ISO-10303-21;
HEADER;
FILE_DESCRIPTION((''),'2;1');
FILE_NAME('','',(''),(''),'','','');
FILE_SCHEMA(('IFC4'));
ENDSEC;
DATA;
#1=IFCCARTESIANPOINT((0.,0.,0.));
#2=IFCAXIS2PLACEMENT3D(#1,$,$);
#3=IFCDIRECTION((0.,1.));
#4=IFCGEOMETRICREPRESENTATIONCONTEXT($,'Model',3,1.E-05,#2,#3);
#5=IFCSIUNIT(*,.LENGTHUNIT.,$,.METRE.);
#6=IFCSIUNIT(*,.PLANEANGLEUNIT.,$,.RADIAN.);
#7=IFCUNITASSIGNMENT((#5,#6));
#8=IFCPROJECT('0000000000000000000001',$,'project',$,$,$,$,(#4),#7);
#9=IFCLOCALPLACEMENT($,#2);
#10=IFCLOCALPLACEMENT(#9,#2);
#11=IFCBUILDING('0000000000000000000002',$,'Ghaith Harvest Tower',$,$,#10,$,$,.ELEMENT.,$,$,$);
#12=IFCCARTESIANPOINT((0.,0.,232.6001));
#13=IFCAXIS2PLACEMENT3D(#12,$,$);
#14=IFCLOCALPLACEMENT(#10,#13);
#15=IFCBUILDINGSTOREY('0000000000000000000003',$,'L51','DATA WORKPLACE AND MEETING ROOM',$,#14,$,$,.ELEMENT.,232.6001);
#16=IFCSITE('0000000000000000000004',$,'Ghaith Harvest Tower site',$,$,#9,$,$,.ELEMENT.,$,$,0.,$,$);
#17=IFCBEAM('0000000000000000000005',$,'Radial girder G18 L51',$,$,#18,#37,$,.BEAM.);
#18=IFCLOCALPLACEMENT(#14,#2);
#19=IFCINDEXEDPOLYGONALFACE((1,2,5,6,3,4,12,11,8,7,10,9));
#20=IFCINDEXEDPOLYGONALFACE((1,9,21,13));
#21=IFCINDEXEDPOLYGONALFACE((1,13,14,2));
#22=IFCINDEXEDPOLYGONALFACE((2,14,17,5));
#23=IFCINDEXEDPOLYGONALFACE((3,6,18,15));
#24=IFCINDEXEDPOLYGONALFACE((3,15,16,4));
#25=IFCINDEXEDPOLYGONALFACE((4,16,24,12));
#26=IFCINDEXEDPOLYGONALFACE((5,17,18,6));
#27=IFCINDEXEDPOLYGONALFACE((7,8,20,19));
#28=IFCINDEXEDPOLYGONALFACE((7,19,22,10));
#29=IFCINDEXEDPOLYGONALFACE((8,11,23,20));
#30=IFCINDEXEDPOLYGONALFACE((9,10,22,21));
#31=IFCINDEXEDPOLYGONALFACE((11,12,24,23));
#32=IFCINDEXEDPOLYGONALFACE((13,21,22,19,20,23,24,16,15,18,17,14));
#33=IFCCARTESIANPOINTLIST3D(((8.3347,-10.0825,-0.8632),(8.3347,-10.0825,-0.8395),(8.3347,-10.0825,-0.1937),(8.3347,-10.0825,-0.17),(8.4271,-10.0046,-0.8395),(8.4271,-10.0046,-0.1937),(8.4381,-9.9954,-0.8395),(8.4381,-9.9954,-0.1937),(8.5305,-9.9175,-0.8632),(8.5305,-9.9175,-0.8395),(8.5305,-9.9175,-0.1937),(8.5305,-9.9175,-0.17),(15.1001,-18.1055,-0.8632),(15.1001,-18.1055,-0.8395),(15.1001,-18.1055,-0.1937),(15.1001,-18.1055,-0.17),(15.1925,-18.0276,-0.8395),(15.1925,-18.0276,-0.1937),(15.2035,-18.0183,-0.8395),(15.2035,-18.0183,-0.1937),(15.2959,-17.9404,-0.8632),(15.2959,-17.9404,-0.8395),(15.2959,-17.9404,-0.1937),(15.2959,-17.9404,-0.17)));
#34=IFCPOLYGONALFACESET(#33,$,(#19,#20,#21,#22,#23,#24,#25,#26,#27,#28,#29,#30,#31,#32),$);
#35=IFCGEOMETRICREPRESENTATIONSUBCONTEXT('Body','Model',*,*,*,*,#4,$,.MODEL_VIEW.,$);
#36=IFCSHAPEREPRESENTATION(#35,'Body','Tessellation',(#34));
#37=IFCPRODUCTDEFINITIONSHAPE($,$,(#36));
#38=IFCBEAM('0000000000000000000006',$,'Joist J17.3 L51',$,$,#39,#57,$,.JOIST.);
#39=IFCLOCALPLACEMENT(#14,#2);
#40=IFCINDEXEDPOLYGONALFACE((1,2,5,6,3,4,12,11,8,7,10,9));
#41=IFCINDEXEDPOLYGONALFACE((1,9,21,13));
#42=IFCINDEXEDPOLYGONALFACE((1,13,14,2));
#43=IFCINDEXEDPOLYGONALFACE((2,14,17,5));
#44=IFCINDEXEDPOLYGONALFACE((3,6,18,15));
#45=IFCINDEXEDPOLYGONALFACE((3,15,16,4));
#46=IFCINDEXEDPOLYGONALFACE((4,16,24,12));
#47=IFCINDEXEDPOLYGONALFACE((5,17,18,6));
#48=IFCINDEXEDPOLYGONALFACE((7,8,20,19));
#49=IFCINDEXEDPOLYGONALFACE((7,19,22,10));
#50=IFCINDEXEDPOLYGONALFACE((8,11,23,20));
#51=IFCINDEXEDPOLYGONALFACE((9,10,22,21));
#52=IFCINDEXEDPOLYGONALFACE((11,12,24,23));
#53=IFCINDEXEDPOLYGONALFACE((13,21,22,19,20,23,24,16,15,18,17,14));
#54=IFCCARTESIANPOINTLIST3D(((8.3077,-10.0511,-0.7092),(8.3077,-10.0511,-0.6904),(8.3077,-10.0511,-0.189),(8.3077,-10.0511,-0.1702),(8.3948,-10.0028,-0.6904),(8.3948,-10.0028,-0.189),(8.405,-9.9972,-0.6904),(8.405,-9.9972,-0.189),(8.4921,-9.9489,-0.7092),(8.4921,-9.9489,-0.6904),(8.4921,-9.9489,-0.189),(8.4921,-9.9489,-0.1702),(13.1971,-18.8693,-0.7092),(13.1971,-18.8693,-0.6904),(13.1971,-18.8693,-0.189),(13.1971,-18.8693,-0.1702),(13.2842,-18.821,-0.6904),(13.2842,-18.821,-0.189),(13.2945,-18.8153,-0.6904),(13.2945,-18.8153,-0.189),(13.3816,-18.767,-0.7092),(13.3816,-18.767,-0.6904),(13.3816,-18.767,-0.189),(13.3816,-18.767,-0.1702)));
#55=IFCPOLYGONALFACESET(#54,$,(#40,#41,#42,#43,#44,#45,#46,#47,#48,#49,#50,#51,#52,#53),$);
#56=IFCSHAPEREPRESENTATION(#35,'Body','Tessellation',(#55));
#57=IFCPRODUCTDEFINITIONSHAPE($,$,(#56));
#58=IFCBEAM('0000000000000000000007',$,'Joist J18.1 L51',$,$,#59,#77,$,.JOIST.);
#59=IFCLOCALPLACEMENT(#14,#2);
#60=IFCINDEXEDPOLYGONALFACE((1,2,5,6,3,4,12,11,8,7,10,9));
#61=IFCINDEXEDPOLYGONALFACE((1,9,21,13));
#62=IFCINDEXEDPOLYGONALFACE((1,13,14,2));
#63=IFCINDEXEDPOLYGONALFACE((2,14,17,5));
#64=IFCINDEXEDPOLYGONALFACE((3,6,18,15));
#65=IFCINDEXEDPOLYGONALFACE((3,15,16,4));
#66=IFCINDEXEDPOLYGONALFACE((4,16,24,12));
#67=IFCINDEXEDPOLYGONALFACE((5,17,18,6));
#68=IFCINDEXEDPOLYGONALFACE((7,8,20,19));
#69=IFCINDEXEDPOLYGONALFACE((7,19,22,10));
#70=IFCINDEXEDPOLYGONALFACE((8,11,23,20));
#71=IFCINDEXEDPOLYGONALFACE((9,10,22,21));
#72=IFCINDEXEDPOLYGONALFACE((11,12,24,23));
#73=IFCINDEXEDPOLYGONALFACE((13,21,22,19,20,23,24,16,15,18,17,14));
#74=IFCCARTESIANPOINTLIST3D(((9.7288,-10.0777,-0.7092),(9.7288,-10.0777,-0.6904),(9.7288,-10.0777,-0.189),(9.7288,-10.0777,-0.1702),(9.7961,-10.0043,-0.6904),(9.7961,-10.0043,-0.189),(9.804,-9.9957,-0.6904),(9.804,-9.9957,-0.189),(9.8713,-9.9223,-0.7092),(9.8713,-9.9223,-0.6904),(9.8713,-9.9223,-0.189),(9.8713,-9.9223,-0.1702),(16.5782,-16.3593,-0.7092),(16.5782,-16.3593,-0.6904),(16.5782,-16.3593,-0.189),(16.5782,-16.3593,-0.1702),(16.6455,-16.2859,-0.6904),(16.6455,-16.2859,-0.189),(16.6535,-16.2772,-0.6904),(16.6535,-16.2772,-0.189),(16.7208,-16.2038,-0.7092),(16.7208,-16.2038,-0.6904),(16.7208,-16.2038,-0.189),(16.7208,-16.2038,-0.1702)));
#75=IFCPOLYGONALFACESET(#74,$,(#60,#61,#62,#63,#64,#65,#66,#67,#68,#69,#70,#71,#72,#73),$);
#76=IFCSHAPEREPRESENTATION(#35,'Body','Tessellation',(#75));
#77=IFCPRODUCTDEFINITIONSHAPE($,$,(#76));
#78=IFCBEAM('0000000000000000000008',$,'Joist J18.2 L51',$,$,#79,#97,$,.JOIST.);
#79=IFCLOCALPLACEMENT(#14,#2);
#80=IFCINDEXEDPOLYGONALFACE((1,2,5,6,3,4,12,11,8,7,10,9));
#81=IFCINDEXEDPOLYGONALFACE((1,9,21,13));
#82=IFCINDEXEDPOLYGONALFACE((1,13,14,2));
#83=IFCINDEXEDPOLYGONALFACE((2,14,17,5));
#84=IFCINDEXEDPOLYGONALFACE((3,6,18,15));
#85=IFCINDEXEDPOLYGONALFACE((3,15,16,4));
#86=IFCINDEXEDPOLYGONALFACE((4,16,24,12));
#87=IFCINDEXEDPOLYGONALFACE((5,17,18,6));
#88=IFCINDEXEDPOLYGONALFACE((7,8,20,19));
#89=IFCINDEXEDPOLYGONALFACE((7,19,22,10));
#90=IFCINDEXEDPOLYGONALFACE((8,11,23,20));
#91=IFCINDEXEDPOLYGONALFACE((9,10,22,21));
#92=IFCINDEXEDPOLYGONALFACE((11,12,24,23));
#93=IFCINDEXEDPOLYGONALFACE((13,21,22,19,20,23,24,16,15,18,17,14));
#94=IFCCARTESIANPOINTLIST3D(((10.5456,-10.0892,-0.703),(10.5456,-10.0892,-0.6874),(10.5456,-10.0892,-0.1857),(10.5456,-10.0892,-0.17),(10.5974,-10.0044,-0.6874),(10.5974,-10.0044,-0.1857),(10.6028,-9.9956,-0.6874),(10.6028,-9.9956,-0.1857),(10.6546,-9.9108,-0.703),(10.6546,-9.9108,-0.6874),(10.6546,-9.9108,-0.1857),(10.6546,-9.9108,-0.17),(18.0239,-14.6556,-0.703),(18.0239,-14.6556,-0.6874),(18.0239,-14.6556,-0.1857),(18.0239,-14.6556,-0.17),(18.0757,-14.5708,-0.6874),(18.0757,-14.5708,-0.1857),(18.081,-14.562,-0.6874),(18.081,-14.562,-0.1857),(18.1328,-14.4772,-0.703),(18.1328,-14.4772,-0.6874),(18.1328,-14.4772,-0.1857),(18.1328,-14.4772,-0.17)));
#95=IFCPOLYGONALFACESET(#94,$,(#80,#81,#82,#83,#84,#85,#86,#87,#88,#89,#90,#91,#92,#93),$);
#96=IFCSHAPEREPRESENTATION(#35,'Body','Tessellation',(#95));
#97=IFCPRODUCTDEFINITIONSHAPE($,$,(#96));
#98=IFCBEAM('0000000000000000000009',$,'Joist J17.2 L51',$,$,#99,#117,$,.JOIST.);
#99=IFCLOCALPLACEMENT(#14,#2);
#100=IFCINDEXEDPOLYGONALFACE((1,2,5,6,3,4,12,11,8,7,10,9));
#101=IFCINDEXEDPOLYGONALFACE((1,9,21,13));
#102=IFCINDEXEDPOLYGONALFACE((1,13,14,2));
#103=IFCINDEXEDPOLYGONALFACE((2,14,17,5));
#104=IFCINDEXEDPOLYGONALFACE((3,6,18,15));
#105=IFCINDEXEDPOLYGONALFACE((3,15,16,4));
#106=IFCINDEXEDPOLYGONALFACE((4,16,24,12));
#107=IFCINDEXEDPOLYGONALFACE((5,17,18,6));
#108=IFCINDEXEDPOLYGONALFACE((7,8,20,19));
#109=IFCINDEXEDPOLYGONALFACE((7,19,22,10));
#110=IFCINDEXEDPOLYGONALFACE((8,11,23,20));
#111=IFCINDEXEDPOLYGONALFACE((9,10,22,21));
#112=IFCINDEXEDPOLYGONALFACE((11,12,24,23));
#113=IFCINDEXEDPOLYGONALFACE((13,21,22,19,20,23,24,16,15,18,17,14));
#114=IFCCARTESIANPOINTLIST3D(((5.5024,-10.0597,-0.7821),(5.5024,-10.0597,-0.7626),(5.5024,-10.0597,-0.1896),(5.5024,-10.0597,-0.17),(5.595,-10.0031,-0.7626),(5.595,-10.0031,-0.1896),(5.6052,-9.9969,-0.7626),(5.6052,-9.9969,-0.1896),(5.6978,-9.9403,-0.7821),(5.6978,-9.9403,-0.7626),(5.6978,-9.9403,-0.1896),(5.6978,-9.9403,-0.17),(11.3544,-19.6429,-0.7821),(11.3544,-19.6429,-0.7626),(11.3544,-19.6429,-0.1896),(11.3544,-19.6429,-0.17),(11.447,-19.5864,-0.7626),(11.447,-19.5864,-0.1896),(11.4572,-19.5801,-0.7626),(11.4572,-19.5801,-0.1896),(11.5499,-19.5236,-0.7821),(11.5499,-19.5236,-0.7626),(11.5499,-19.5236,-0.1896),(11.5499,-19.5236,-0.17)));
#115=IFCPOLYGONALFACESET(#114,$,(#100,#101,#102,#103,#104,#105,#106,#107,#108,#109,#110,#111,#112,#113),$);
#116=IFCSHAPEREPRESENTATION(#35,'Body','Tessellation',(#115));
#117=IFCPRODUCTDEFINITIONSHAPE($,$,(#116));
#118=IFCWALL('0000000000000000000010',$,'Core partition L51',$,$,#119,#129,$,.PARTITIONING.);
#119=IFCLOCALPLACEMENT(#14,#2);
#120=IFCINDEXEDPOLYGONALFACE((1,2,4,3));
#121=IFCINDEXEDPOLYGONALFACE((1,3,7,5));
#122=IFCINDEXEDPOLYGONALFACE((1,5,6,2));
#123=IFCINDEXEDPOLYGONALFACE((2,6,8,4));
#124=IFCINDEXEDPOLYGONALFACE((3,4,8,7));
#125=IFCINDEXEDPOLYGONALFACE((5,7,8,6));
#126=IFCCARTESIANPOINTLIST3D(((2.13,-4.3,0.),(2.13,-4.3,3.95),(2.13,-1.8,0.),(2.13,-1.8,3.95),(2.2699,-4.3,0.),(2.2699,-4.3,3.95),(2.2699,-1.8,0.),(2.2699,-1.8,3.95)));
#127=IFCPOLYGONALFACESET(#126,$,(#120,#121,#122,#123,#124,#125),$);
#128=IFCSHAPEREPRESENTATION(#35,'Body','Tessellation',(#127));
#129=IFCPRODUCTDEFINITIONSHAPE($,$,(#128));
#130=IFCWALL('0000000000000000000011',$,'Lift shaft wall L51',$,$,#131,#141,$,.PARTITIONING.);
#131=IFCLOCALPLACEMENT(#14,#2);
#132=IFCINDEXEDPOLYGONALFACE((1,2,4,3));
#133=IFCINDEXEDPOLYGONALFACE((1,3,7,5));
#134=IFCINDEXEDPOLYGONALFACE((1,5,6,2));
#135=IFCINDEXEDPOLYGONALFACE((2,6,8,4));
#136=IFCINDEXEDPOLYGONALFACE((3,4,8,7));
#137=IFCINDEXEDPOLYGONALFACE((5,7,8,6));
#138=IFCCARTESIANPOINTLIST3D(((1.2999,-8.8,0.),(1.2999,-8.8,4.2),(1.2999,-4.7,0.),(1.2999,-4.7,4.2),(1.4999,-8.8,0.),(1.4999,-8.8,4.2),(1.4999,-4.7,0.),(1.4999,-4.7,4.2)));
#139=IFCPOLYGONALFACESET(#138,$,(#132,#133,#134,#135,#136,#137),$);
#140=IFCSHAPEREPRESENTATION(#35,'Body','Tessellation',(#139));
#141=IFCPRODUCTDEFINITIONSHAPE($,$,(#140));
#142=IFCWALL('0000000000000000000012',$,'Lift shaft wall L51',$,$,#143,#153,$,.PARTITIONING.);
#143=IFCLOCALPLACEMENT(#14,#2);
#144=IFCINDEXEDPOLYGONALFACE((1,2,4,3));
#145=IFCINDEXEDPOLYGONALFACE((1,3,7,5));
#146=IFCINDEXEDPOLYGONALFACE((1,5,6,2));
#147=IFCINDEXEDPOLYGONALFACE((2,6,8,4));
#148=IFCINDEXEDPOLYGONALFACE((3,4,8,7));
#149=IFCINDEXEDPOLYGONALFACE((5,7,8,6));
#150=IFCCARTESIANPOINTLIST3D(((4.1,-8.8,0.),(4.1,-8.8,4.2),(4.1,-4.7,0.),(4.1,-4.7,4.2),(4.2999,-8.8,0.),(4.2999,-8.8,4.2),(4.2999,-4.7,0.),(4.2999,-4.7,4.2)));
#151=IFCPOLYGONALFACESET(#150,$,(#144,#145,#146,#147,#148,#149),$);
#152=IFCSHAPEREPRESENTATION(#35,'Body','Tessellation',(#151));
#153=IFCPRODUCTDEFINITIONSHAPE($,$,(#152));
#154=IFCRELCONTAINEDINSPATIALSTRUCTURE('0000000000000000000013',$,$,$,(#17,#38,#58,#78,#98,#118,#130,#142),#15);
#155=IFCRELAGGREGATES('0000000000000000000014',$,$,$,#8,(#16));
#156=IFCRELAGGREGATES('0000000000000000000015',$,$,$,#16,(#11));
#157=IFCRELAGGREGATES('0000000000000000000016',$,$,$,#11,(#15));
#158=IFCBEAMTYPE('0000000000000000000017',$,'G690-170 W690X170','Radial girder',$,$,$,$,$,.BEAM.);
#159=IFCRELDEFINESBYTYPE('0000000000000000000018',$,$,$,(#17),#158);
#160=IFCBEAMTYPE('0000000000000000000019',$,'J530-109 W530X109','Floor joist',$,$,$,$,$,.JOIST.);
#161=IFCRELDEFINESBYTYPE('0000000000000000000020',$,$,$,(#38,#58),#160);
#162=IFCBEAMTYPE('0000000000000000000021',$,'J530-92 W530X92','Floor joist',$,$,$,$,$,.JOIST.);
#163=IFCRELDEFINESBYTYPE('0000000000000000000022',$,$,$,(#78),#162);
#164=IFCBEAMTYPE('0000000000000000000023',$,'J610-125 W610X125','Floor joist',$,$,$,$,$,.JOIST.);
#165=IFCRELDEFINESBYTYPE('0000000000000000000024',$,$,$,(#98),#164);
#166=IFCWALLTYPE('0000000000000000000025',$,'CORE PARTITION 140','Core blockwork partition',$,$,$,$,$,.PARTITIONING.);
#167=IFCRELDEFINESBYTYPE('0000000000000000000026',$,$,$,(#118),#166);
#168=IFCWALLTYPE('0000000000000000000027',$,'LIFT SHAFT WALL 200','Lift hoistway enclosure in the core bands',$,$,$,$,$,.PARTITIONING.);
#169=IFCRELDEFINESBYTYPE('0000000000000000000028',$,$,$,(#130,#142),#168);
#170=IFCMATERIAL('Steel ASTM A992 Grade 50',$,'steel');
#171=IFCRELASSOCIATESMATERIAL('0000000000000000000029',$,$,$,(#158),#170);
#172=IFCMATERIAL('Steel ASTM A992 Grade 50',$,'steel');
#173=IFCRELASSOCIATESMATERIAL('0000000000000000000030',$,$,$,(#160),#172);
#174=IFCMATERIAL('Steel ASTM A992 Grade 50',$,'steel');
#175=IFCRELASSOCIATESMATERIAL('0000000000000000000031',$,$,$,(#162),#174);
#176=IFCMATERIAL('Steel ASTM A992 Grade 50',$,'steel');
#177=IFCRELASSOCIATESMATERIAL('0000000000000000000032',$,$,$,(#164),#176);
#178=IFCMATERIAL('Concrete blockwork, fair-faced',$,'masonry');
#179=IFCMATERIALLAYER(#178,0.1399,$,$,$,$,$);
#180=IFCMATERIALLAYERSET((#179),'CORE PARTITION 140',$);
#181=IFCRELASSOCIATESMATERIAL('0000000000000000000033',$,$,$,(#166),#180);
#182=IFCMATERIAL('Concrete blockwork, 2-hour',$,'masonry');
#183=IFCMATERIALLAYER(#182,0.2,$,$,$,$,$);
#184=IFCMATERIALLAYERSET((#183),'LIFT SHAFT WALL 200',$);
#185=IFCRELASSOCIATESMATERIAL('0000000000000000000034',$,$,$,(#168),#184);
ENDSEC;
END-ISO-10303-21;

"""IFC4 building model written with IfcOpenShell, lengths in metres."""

from ifc_helpers import new_model, si_unit, direction, frame, frame_2d, origin, origin_2d, place, context, subcontext, project, spatial, rectangle, i_section, extrude, material, layer, layer_set, material_profile, profile_set, type_object, element, save


model = new_model("IFC4")

# Units and contexts
model_context = context("Model", 3, precision=1e-05, world=origin(), true_north=direction((0.0, 1.0)))
body_context = subcontext(model_context, "Body", "Model", "MODEL_VIEW")
ifc_project = project(units=[si_unit("LENGTHUNIT", "METRE"), si_unit("PLANEANGLEUNIT", "RADIAN")], contexts=[model_context])

# Site, building, storey
site_placement = place(None, origin())
site = spatial("IfcSite", under=ifc_project, at=site_placement, Name="Ghaith Harvest Tower site", CompositionType="ELEMENT", RefElevation=0.0)
building_placement = place(site_placement, origin())
building = spatial("IfcBuilding", under=site, at=building_placement, Name="Ghaith Harvest Tower", CompositionType="ELEMENT")
storey_placement = place(building_placement, frame((0.0, 0.0, 232.6001)))
storey = spatial("IfcBuildingStorey", under=building, at=storey_placement, Name="L51", Description="DATA WORKPLACE AND MEETING ROOM", CompositionType="ELEMENT", Elevation=232.6001)

# Beams
ifc_material_1 = material(Name="Steel ASTM A992 Grade 50", Category="steel")
ifc_material_profile_1 = material_profile(ifc_material_1, i_section(OverallWidth=0.2561, OverallDepth=0.6931, WebThickness=0.0144, FlangeThickness=0.0237, at=origin_2d()), Name="W690X170")
ifc_profile_set_1 = profile_set([ifc_material_profile_1], Name="Steel ASTM A992 Grade 50")
beam_type_1 = type_object("IfcBeamType", Name="G690-170 W690X170", Description="Radial girder", PredefinedType="BEAM", material=ifc_profile_set_1)
beam_1_placement = place(storey_placement, frame((8.4326, -10.0, -0.5166), z_axis=(0.644649, -0.764478, 0.0), x_axis=(0.764478, 0.644649, 0.0)))
element("IfcBeam", 1, at=beam_1_placement, inside=storey, type_object=beam_type_1, Name="Radial girder G18 L51", PredefinedType="BEAM", context=body_context, shape_type="SweptSolid", body=[
    extrude(i_section(OverallWidth=0.2561, OverallDepth=0.6931, WebThickness=0.0144, FlangeThickness=0.0237, at=origin_2d()), origin(), (0.0, 0.0, 1.0), 10.4946),
])
ifc_material_2 = material(Name="Steel ASTM A992 Grade 50", Category="steel")
ifc_material_profile_2 = material_profile(ifc_material_2, i_section(OverallWidth=0.2109, OverallDepth=0.5391, WebThickness=0.0117, FlangeThickness=0.0188, at=origin_2d()), Name="W530X109")
ifc_profile_set_2 = profile_set([ifc_material_profile_2], Name="Steel ASTM A992 Grade 50")
beam_type_2 = type_object("IfcBeamType", Name="J530-109 W530X109", Description="Floor joist", PredefinedType="JOIST", material=ifc_profile_set_2)
beam_2_placement = place(storey_placement, frame((8.3999, -10.0, -0.4397), z_axis=(0.484919, -0.874559, 0.0), x_axis=(0.874559, 0.484919, 0.0)))
element("IfcBeam", 2, at=beam_2_placement, inside=storey, type_object=beam_type_2, Name="Joist J17.3 L51", PredefinedType="JOIST", context=body_context, shape_type="SweptSolid", body=[
    extrude(i_section(OverallWidth=0.2109, OverallDepth=0.5391, WebThickness=0.0117, FlangeThickness=0.0188, at=origin_2d()), origin(), (0.0, 0.0, 1.0), 10.083),
])
beam_3_placement = place(storey_placement, frame((9.8, -10.0, -0.4397), z_axis=(0.736998, -0.675895, 0.0), x_axis=(0.675895, 0.736998, 0.0)))
element("IfcBeam", 3, at=beam_3_placement, inside=storey, type_object=beam_type_2, Name="Joist J18.1 L51", PredefinedType="JOIST", context=body_context, shape_type="SweptSolid", body=[
    extrude(i_section(OverallWidth=0.2109, OverallDepth=0.5391, WebThickness=0.0117, FlangeThickness=0.0188, at=origin_2d()), origin(), (0.0, 0.0, 1.0), 9.2937),
])
ifc_material_3 = material(Name="Steel ASTM A992 Grade 50", Category="steel")
ifc_material_profile_3 = material_profile(ifc_material_3, i_section(OverallWidth=0.209, OverallDepth=0.533, WebThickness=0.0103, FlangeThickness=0.0156, at=origin_2d()), Name="W530X92")
ifc_profile_set_3 = profile_set([ifc_material_profile_3], Name="Steel ASTM A992 Grade 50")
beam_type_3 = type_object("IfcBeamType", Name="J530-92 W530X92", Description="Floor joist", PredefinedType="JOIST", material=ifc_profile_set_3)
beam_4_placement = place(storey_placement, frame((10.6001, -10.0, -0.4365), z_axis=(0.853467, -0.521147, 0.0), x_axis=(0.521147, 0.853467, 0.0)))
element("IfcBeam", 4, at=beam_4_placement, inside=storey, type_object=beam_type_3, Name="Joist J18.2 L51", PredefinedType="JOIST", context=body_context, shape_type="SweptSolid", body=[
    extrude(i_section(OverallWidth=0.209, OverallDepth=0.533, WebThickness=0.0103, FlangeThickness=0.0156, at=origin_2d()), origin(), (0.0, 0.0, 1.0), 8.7622),
])
ifc_material_4 = material(Name="Steel ASTM A992 Grade 50", Category="steel")
ifc_material_profile_4 = material_profile(ifc_material_4, i_section(OverallWidth=0.229, OverallDepth=0.6121, WebThickness=0.012, FlangeThickness=0.0195, at=origin_2d()), Name="W610X125")
ifc_profile_set_4 = profile_set([ifc_material_profile_4], Name="Steel ASTM A992 Grade 50")
beam_type_4 = type_object("IfcBeamType", Name="J610-125 W610X125", Description="Floor joist", PredefinedType="JOIST", material=ifc_profile_set_4)
beam_5_placement = place(storey_placement, frame((5.6001, -10.0, -0.4761), z_axis=(0.521166, -0.853455, 0.0), x_axis=(0.853455, 0.521166, 0.0)))
element("IfcBeam", 5, at=beam_5_placement, inside=storey, type_object=beam_type_4, Name="Joist J17.2 L51", PredefinedType="JOIST", context=body_context, shape_type="SweptSolid", body=[
    extrude(i_section(OverallWidth=0.229, OverallDepth=0.6121, WebThickness=0.012, FlangeThickness=0.0195, at=origin_2d()), origin(), (0.0, 0.0, 1.0), 11.2288),
])

# Walls
ifc_material_5 = material(Name="Concrete blockwork, fair-faced", Category="masonry")
ifc_layer_1 = layer(ifc_material_5, 0.1399)
ifc_layer_set_1 = layer_set([ifc_layer_1], Name="CORE PARTITION 140")
wall_type_1 = type_object("IfcWallType", Name="CORE PARTITION 140", Description="Core blockwork partition", PredefinedType="PARTITIONING", material=ifc_layer_set_1)
wall_1_placement = place(storey_placement, frame((2.2, -1.8, 0.0), z_axis=(0.0, 0.0, 1.0), x_axis=(0.0, -1.0, 0.0)))
element("IfcWall", 6, at=wall_1_placement, inside=storey, type_object=wall_type_1, Name="Core partition L51", PredefinedType="PARTITIONING", context=body_context, shape_type="SweptSolid", body=[
    extrude(rectangle(XDim=2.5, YDim=0.1399, at=frame_2d((1.25, 0.0))), origin(), (0.0, 0.0, 1.0), 3.95),
])
ifc_material_6 = material(Name="Concrete blockwork, 2-hour", Category="masonry")
ifc_layer_2 = layer(ifc_material_6, 0.2)
ifc_layer_set_2 = layer_set([ifc_layer_2], Name="LIFT SHAFT WALL 200")
wall_type_2 = type_object("IfcWallType", Name="LIFT SHAFT WALL 200", Description="Lift hoistway enclosure in the core bands", PredefinedType="PARTITIONING", material=ifc_layer_set_2)
for number, where, z_axis, x_axis, name in (
    (7, (1.3999, -4.7, 0.0), (0.0, 0.0, 1.0), (0.0, -1.0, 0.0), "Lift shaft wall L51"),
    (8, (4.2, -4.7, 0.0), (0.0, 0.0, 1.0), (0.0, -1.0, 0.0), "Lift shaft wall L51"),
):
    element("IfcWall", number, at=place(storey_placement, frame(where, z_axis=z_axis, x_axis=x_axis)), inside=storey, type_object=wall_type_2, Name=name, PredefinedType="PARTITIONING", context=body_context, shape_type="SweptSolid", body=[
        extrude(rectangle(XDim=4.1001, YDim=0.2, at=frame_2d((2.05, 0.0))), origin(), (0.0, 0.0, 1.0), 4.2),
    ])

save(model, "model.ifc")
